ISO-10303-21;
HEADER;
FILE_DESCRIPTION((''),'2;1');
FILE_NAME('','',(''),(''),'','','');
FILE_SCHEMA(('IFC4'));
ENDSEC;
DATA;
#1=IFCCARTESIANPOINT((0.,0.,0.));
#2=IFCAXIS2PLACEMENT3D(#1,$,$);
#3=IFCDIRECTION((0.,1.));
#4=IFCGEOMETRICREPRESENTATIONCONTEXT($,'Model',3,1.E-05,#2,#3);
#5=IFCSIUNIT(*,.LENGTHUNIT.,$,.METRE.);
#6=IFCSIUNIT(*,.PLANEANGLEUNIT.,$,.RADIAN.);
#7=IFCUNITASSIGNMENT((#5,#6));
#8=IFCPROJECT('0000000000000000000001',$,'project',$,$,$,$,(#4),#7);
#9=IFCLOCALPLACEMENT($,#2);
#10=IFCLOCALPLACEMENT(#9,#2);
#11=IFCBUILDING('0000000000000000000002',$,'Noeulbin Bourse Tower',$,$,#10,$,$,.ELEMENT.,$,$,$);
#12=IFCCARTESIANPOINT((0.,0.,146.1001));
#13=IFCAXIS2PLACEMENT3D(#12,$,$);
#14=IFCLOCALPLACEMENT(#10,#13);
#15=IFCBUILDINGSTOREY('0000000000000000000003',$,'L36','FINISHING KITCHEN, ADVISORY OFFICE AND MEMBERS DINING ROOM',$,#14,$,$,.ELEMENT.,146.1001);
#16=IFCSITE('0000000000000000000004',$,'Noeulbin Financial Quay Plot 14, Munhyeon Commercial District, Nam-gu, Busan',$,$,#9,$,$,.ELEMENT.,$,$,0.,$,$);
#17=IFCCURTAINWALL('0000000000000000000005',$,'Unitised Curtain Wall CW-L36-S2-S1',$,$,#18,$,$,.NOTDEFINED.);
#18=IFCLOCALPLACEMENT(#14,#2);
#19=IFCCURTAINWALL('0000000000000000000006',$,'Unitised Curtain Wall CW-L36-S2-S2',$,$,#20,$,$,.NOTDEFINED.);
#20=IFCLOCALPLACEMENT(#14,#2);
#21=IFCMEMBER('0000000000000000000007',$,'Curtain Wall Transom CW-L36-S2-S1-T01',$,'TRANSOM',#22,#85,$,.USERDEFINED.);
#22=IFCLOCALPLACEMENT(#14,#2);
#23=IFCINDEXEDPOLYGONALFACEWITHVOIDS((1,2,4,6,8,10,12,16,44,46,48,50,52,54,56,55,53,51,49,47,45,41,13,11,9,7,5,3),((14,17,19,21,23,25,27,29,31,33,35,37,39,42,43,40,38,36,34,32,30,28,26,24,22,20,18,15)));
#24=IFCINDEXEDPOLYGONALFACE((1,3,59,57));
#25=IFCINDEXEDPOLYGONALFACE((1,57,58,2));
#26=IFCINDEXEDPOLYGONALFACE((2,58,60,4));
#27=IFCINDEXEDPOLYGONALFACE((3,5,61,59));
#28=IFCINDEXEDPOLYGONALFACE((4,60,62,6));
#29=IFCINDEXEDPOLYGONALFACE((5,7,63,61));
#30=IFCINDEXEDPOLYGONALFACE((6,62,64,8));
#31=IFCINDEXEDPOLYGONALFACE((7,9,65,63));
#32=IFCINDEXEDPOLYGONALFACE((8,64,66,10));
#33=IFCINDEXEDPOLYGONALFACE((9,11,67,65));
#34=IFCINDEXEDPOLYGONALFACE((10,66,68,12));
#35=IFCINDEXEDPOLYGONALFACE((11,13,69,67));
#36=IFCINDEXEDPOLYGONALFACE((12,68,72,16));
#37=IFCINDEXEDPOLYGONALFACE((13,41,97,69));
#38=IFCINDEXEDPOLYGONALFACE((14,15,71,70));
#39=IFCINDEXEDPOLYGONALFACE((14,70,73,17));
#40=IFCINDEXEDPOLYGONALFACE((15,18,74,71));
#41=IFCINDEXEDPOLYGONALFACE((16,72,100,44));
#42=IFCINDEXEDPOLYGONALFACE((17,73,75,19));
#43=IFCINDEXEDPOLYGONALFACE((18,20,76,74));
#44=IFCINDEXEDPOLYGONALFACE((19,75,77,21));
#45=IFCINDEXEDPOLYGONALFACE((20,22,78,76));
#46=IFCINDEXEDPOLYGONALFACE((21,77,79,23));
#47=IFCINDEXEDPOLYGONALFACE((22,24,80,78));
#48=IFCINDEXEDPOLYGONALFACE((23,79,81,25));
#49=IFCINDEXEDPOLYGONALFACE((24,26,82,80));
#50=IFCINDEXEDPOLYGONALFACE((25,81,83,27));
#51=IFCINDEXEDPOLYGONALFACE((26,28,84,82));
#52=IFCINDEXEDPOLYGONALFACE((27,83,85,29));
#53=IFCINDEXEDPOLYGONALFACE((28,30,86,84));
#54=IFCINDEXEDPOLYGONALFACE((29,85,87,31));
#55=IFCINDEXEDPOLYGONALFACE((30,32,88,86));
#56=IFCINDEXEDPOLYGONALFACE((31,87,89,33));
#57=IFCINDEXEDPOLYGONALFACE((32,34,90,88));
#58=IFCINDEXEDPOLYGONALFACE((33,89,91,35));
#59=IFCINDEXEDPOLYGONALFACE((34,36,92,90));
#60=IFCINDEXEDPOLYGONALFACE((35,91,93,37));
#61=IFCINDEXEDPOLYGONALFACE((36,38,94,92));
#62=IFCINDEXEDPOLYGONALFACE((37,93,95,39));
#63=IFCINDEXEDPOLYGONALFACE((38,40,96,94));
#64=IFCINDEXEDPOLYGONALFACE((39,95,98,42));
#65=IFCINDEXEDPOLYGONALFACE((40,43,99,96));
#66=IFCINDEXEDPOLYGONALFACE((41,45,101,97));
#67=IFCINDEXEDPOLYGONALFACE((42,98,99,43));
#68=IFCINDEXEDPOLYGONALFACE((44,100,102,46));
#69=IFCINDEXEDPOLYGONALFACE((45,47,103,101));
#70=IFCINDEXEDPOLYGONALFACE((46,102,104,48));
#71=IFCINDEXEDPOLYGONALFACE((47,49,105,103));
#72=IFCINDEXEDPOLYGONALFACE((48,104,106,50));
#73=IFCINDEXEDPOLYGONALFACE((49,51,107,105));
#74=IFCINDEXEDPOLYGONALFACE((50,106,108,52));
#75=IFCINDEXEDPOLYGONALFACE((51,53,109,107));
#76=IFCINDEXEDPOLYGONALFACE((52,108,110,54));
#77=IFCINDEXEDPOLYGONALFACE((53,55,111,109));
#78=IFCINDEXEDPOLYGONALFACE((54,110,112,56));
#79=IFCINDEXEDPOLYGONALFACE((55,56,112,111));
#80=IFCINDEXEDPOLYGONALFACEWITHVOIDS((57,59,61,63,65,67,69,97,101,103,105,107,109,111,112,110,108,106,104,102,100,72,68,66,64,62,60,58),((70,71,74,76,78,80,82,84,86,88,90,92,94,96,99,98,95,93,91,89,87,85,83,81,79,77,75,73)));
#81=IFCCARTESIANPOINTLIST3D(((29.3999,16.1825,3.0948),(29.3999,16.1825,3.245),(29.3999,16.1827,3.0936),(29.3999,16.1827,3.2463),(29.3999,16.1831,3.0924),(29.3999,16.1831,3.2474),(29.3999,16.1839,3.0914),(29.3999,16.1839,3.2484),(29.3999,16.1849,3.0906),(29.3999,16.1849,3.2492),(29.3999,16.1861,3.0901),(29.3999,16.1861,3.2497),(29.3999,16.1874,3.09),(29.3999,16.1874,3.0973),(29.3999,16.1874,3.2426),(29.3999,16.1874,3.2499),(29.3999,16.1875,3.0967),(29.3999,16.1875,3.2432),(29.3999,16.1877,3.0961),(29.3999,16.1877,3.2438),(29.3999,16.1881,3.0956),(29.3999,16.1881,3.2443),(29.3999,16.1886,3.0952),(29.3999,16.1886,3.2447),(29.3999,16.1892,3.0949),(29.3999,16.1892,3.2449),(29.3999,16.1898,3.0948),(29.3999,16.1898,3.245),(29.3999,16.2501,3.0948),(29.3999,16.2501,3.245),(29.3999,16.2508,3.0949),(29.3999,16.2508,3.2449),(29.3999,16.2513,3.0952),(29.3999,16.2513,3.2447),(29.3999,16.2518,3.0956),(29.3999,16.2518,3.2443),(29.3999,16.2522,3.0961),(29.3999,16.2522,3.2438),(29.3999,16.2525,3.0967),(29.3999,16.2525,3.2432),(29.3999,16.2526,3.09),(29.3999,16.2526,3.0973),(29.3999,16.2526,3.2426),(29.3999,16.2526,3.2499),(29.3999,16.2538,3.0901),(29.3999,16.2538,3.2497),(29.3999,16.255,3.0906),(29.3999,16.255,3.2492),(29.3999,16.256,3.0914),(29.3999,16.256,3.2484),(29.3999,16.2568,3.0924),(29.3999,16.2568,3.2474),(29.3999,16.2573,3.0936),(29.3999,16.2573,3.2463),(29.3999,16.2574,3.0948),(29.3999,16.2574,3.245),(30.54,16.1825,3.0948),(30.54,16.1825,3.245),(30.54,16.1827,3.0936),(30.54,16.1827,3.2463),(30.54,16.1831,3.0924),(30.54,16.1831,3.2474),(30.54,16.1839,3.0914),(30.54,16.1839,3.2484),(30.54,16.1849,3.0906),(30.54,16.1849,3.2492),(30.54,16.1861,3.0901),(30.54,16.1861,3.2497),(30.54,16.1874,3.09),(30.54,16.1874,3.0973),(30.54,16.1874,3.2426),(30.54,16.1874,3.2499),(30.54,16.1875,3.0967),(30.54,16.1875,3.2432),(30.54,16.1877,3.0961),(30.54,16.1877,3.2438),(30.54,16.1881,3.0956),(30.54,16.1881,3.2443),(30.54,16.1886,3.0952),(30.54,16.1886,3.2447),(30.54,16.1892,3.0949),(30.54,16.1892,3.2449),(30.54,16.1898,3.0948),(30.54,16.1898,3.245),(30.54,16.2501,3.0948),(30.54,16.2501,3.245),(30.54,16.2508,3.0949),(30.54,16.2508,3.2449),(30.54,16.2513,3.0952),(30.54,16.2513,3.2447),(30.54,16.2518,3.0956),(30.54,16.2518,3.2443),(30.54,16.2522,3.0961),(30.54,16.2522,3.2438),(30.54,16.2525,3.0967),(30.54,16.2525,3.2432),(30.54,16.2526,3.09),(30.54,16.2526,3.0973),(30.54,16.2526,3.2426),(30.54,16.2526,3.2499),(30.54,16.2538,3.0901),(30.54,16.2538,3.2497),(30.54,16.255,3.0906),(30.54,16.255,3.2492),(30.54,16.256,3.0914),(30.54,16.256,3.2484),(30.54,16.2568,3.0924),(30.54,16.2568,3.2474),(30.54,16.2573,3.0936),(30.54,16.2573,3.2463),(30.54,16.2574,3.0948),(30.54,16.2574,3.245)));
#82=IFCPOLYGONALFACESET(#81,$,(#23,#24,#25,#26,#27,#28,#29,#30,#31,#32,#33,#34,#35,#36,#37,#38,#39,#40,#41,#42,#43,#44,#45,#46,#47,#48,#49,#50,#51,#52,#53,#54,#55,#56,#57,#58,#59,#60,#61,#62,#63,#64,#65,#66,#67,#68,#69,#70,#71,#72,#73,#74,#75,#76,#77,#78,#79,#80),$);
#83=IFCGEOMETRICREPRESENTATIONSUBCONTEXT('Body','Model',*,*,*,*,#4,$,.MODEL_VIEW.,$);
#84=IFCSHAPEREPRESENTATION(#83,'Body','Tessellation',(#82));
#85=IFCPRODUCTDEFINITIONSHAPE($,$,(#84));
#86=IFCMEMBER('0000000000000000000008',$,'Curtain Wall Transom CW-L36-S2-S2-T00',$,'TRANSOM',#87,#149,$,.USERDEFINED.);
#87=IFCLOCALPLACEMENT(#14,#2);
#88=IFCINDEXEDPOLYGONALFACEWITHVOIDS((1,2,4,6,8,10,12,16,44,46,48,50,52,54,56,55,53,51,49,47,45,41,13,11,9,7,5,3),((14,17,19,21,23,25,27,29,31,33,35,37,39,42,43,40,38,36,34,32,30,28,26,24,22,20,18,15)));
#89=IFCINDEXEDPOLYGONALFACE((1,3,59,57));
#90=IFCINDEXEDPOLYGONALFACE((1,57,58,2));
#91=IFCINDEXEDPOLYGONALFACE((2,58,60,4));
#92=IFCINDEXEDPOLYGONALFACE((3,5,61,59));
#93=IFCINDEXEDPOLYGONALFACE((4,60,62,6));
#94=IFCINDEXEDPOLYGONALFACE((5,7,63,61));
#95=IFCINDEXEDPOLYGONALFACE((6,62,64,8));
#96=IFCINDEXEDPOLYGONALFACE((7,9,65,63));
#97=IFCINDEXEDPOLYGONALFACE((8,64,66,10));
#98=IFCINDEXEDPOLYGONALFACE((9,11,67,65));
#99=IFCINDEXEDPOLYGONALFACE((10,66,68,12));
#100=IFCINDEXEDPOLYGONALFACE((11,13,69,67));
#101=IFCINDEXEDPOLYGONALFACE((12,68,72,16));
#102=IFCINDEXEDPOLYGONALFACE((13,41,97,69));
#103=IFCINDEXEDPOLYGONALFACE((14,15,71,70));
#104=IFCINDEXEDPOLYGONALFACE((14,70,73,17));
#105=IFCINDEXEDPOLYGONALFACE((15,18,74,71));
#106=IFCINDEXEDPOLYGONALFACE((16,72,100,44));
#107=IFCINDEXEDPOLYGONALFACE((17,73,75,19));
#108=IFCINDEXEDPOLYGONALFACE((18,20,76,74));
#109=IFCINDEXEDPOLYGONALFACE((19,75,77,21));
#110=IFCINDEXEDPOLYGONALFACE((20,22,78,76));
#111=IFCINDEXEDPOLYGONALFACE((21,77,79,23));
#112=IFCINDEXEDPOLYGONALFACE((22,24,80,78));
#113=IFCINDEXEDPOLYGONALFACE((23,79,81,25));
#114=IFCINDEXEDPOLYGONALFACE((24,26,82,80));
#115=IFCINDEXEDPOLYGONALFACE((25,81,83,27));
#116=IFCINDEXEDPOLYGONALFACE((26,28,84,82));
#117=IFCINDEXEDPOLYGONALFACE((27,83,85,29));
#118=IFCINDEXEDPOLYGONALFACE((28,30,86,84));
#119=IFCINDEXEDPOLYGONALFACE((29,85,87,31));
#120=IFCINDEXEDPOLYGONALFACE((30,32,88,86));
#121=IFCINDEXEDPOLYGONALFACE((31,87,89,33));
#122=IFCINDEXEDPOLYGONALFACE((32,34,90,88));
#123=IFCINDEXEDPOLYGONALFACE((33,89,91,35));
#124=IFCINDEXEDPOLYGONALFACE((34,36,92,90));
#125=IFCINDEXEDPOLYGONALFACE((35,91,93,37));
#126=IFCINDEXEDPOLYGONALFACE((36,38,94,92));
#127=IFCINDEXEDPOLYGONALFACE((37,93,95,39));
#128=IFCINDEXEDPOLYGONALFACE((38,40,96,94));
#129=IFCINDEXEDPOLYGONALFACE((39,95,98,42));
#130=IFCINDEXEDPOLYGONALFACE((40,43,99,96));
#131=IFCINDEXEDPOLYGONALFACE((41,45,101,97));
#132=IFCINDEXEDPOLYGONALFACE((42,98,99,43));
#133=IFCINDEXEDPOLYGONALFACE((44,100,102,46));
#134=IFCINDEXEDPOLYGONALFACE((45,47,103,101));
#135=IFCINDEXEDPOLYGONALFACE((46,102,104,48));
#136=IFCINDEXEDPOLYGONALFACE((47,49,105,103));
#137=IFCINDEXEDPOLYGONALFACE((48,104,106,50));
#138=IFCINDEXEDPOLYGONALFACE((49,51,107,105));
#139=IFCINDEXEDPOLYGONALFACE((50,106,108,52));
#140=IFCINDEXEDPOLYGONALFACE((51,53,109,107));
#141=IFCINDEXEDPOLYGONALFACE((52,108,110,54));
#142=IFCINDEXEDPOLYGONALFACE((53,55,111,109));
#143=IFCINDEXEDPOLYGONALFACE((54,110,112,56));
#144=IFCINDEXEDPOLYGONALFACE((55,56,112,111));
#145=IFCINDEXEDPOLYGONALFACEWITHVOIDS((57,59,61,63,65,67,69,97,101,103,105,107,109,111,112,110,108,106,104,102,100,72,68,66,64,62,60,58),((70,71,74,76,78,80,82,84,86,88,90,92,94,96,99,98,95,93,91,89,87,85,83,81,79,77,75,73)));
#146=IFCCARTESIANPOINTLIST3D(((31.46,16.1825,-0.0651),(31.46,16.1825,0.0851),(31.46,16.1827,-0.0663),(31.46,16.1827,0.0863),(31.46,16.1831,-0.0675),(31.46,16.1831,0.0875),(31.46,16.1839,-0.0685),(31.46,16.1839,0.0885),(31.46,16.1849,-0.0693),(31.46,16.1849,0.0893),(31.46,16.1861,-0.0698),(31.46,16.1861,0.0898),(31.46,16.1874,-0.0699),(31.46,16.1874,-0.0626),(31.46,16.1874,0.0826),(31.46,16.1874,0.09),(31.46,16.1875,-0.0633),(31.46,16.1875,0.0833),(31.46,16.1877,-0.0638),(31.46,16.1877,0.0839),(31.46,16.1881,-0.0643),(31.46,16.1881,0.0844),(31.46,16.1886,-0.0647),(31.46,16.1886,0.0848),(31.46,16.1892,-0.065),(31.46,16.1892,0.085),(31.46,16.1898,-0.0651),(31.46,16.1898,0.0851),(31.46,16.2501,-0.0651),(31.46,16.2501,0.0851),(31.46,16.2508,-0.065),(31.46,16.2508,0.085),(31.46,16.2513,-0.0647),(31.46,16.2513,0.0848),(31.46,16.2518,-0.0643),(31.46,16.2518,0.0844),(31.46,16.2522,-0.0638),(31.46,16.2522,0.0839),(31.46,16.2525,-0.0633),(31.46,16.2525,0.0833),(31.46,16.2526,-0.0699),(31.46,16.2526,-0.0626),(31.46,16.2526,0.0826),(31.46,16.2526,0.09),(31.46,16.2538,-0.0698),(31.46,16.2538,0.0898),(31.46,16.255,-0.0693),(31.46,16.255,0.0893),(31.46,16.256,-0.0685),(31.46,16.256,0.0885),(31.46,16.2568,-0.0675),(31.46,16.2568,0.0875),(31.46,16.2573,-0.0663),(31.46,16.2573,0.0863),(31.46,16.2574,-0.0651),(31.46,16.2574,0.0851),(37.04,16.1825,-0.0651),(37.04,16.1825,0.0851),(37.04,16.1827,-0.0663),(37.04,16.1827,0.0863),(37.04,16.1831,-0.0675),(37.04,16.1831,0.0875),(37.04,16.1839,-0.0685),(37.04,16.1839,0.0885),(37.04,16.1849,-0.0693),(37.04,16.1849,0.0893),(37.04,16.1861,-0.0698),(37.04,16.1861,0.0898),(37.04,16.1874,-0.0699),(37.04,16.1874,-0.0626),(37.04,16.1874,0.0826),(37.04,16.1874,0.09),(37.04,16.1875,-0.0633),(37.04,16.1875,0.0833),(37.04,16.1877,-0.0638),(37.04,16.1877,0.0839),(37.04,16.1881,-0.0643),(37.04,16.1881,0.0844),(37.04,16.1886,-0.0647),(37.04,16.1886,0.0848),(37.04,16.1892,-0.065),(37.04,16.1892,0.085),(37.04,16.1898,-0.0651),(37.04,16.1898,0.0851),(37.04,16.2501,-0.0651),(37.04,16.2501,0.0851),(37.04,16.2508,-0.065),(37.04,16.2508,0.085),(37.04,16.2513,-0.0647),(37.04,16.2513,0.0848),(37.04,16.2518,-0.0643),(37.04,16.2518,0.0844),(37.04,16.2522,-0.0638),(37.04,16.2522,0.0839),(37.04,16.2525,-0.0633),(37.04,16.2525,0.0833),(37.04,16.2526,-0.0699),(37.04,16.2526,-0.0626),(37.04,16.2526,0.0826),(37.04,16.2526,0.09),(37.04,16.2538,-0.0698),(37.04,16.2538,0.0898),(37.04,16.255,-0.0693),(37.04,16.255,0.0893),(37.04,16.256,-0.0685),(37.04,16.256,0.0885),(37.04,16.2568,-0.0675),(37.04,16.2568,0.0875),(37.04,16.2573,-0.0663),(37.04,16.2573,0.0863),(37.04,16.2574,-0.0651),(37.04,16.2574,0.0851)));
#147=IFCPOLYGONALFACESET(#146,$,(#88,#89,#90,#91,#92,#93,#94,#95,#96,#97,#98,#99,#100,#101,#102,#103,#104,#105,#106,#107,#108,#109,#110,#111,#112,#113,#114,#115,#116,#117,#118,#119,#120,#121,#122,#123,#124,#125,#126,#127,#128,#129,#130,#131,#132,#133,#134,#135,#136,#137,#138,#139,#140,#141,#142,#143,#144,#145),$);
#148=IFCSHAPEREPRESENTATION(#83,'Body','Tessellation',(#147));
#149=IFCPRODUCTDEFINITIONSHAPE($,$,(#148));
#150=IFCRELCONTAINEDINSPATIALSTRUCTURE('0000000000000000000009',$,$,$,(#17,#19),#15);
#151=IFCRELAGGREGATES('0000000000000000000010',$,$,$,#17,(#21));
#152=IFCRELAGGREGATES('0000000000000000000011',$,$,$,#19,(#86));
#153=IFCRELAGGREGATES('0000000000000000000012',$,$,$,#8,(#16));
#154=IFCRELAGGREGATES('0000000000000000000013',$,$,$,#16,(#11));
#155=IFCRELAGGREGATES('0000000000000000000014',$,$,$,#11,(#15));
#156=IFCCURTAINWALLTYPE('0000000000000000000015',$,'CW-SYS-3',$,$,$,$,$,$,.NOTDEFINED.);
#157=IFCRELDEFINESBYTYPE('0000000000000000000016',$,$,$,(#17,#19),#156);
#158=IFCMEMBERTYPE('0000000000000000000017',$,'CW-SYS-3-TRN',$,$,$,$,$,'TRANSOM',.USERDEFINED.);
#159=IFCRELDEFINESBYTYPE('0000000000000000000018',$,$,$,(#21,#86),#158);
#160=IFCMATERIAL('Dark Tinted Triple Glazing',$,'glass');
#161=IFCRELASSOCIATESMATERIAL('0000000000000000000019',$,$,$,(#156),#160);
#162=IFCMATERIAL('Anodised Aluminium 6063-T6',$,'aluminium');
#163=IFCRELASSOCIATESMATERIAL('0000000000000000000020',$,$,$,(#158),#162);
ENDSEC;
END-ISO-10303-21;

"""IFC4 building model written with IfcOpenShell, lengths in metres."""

from ifc_helpers import new_model, si_unit, direction, frame, origin, origin_2d, place, context, subcontext, project, spatial, hollow_rectangle, extrude, material, material_profile, profile_set, type_object, element, aggregate, save


model = new_model("IFC4")

# Units and contexts
model_context = context("Model", 3, precision=1e-05, world=origin(), true_north=direction((0.0, 1.0)))
body_context = subcontext(model_context, "Body", "Model", "MODEL_VIEW")
ifc_project = project(units=[si_unit("LENGTHUNIT", "METRE"), si_unit("PLANEANGLEUNIT", "RADIAN")], contexts=[model_context])

# Site, building, storey
site_placement = place(None, origin())
site = spatial("IfcSite", under=ifc_project, at=site_placement, Name="Noeulbin Financial Quay Plot 14, Munhyeon Commercial District, Nam-gu, Busan", CompositionType="ELEMENT", RefElevation=0.0)
building_placement = place(site_placement, origin())
building = spatial("IfcBuilding", under=site, at=building_placement, Name="Noeulbin Bourse Tower", CompositionType="ELEMENT")
storey_placement = place(building_placement, frame((0.0, 0.0, 146.1001)))
storey = spatial("IfcBuildingStorey", under=building, at=storey_placement, Name="L36", Description="FINISHING KITCHEN, ADVISORY OFFICE AND MEMBERS DINING ROOM", CompositionType="ELEMENT", Elevation=146.1001)

# Curtain walls
ifc_material_1 = material(Name="Dark Tinted Triple Glazing", Category="glass")
curtain_wall_type = type_object("IfcCurtainWallType", Name="CW-SYS-3", PredefinedType="NOTDEFINED", material=ifc_material_1)
curtain_wall_1_placement = place(storey_placement, origin())
curtain_wall_1 = element("IfcCurtainWall", 1, at=curtain_wall_1_placement, inside=storey, type_object=curtain_wall_type, Name="Unitised Curtain Wall CW-L36-S2-S1", PredefinedType="NOTDEFINED")
ifc_material_2 = material(Name="Anodised Aluminium 6063-T6", Category="aluminium")
curtain_wall_2_placement = place(storey_placement, origin())
curtain_wall_2 = element("IfcCurtainWall", 2, at=curtain_wall_2_placement, inside=storey, type_object=curtain_wall_type, Name="Unitised Curtain Wall CW-L36-S2-S2", PredefinedType="NOTDEFINED")

# Members
ifc_material_profile_1 = material_profile(ifc_material_2, hollow_rectangle(XDim=0.075, YDim=0.1599, WallThickness=0.0049, InnerFilletRadius=0.0024, OuterFilletRadius=0.0049, at=origin_2d()), Name="ALU-TRAN-75x160x5", Category="LoadBearing")
ifc_profile_set_1 = profile_set([ifc_material_profile_1], Name="Anodised Aluminium 6063-T6")
member_type_1 = type_object("IfcMemberType", Name="CW-SYS-3-TRN", ElementType="TRANSOM", PredefinedType="USERDEFINED", material=ifc_profile_set_1)
member_1_placement = place(storey_placement, frame((29.3999, 16.22, 3.1699), z_axis=(1.0, 0.0, 0.0), x_axis=(0.0, 1.0, 0.0)))
member_1 = element("IfcMember", 3, at=member_1_placement, type_object=member_type_1, Name="Curtain Wall Transom CW-L36-S2-S1-T01", ObjectType="TRANSOM", PredefinedType="USERDEFINED", context=body_context, shape_type="SweptSolid", body=[
    extrude(hollow_rectangle(XDim=0.075, YDim=0.1599, WallThickness=0.0049, InnerFilletRadius=0.0024, OuterFilletRadius=0.0049, at=origin_2d()), origin(), (0.0, 0.0, 1.0), 1.1401),
])
member_2_placement = place(storey_placement, frame((31.46, 16.22, 0.01), z_axis=(1.0, 0.0, 0.0), x_axis=(0.0, 1.0, 0.0)))
member_2 = element("IfcMember", 4, at=member_2_placement, type_object=member_type_1, Name="Curtain Wall Transom CW-L36-S2-S2-T00", ObjectType="TRANSOM", PredefinedType="USERDEFINED", context=body_context, shape_type="SweptSolid", body=[
    extrude(hollow_rectangle(XDim=0.075, YDim=0.1599, WallThickness=0.0049, InnerFilletRadius=0.0024, OuterFilletRadius=0.0049, at=origin_2d()), origin(), (0.0, 0.0, 1.0), 5.5801),
])

aggregate(curtain_wall_1, [member_1])
aggregate(curtain_wall_2, [member_2])

save(model, "model.ifc")
